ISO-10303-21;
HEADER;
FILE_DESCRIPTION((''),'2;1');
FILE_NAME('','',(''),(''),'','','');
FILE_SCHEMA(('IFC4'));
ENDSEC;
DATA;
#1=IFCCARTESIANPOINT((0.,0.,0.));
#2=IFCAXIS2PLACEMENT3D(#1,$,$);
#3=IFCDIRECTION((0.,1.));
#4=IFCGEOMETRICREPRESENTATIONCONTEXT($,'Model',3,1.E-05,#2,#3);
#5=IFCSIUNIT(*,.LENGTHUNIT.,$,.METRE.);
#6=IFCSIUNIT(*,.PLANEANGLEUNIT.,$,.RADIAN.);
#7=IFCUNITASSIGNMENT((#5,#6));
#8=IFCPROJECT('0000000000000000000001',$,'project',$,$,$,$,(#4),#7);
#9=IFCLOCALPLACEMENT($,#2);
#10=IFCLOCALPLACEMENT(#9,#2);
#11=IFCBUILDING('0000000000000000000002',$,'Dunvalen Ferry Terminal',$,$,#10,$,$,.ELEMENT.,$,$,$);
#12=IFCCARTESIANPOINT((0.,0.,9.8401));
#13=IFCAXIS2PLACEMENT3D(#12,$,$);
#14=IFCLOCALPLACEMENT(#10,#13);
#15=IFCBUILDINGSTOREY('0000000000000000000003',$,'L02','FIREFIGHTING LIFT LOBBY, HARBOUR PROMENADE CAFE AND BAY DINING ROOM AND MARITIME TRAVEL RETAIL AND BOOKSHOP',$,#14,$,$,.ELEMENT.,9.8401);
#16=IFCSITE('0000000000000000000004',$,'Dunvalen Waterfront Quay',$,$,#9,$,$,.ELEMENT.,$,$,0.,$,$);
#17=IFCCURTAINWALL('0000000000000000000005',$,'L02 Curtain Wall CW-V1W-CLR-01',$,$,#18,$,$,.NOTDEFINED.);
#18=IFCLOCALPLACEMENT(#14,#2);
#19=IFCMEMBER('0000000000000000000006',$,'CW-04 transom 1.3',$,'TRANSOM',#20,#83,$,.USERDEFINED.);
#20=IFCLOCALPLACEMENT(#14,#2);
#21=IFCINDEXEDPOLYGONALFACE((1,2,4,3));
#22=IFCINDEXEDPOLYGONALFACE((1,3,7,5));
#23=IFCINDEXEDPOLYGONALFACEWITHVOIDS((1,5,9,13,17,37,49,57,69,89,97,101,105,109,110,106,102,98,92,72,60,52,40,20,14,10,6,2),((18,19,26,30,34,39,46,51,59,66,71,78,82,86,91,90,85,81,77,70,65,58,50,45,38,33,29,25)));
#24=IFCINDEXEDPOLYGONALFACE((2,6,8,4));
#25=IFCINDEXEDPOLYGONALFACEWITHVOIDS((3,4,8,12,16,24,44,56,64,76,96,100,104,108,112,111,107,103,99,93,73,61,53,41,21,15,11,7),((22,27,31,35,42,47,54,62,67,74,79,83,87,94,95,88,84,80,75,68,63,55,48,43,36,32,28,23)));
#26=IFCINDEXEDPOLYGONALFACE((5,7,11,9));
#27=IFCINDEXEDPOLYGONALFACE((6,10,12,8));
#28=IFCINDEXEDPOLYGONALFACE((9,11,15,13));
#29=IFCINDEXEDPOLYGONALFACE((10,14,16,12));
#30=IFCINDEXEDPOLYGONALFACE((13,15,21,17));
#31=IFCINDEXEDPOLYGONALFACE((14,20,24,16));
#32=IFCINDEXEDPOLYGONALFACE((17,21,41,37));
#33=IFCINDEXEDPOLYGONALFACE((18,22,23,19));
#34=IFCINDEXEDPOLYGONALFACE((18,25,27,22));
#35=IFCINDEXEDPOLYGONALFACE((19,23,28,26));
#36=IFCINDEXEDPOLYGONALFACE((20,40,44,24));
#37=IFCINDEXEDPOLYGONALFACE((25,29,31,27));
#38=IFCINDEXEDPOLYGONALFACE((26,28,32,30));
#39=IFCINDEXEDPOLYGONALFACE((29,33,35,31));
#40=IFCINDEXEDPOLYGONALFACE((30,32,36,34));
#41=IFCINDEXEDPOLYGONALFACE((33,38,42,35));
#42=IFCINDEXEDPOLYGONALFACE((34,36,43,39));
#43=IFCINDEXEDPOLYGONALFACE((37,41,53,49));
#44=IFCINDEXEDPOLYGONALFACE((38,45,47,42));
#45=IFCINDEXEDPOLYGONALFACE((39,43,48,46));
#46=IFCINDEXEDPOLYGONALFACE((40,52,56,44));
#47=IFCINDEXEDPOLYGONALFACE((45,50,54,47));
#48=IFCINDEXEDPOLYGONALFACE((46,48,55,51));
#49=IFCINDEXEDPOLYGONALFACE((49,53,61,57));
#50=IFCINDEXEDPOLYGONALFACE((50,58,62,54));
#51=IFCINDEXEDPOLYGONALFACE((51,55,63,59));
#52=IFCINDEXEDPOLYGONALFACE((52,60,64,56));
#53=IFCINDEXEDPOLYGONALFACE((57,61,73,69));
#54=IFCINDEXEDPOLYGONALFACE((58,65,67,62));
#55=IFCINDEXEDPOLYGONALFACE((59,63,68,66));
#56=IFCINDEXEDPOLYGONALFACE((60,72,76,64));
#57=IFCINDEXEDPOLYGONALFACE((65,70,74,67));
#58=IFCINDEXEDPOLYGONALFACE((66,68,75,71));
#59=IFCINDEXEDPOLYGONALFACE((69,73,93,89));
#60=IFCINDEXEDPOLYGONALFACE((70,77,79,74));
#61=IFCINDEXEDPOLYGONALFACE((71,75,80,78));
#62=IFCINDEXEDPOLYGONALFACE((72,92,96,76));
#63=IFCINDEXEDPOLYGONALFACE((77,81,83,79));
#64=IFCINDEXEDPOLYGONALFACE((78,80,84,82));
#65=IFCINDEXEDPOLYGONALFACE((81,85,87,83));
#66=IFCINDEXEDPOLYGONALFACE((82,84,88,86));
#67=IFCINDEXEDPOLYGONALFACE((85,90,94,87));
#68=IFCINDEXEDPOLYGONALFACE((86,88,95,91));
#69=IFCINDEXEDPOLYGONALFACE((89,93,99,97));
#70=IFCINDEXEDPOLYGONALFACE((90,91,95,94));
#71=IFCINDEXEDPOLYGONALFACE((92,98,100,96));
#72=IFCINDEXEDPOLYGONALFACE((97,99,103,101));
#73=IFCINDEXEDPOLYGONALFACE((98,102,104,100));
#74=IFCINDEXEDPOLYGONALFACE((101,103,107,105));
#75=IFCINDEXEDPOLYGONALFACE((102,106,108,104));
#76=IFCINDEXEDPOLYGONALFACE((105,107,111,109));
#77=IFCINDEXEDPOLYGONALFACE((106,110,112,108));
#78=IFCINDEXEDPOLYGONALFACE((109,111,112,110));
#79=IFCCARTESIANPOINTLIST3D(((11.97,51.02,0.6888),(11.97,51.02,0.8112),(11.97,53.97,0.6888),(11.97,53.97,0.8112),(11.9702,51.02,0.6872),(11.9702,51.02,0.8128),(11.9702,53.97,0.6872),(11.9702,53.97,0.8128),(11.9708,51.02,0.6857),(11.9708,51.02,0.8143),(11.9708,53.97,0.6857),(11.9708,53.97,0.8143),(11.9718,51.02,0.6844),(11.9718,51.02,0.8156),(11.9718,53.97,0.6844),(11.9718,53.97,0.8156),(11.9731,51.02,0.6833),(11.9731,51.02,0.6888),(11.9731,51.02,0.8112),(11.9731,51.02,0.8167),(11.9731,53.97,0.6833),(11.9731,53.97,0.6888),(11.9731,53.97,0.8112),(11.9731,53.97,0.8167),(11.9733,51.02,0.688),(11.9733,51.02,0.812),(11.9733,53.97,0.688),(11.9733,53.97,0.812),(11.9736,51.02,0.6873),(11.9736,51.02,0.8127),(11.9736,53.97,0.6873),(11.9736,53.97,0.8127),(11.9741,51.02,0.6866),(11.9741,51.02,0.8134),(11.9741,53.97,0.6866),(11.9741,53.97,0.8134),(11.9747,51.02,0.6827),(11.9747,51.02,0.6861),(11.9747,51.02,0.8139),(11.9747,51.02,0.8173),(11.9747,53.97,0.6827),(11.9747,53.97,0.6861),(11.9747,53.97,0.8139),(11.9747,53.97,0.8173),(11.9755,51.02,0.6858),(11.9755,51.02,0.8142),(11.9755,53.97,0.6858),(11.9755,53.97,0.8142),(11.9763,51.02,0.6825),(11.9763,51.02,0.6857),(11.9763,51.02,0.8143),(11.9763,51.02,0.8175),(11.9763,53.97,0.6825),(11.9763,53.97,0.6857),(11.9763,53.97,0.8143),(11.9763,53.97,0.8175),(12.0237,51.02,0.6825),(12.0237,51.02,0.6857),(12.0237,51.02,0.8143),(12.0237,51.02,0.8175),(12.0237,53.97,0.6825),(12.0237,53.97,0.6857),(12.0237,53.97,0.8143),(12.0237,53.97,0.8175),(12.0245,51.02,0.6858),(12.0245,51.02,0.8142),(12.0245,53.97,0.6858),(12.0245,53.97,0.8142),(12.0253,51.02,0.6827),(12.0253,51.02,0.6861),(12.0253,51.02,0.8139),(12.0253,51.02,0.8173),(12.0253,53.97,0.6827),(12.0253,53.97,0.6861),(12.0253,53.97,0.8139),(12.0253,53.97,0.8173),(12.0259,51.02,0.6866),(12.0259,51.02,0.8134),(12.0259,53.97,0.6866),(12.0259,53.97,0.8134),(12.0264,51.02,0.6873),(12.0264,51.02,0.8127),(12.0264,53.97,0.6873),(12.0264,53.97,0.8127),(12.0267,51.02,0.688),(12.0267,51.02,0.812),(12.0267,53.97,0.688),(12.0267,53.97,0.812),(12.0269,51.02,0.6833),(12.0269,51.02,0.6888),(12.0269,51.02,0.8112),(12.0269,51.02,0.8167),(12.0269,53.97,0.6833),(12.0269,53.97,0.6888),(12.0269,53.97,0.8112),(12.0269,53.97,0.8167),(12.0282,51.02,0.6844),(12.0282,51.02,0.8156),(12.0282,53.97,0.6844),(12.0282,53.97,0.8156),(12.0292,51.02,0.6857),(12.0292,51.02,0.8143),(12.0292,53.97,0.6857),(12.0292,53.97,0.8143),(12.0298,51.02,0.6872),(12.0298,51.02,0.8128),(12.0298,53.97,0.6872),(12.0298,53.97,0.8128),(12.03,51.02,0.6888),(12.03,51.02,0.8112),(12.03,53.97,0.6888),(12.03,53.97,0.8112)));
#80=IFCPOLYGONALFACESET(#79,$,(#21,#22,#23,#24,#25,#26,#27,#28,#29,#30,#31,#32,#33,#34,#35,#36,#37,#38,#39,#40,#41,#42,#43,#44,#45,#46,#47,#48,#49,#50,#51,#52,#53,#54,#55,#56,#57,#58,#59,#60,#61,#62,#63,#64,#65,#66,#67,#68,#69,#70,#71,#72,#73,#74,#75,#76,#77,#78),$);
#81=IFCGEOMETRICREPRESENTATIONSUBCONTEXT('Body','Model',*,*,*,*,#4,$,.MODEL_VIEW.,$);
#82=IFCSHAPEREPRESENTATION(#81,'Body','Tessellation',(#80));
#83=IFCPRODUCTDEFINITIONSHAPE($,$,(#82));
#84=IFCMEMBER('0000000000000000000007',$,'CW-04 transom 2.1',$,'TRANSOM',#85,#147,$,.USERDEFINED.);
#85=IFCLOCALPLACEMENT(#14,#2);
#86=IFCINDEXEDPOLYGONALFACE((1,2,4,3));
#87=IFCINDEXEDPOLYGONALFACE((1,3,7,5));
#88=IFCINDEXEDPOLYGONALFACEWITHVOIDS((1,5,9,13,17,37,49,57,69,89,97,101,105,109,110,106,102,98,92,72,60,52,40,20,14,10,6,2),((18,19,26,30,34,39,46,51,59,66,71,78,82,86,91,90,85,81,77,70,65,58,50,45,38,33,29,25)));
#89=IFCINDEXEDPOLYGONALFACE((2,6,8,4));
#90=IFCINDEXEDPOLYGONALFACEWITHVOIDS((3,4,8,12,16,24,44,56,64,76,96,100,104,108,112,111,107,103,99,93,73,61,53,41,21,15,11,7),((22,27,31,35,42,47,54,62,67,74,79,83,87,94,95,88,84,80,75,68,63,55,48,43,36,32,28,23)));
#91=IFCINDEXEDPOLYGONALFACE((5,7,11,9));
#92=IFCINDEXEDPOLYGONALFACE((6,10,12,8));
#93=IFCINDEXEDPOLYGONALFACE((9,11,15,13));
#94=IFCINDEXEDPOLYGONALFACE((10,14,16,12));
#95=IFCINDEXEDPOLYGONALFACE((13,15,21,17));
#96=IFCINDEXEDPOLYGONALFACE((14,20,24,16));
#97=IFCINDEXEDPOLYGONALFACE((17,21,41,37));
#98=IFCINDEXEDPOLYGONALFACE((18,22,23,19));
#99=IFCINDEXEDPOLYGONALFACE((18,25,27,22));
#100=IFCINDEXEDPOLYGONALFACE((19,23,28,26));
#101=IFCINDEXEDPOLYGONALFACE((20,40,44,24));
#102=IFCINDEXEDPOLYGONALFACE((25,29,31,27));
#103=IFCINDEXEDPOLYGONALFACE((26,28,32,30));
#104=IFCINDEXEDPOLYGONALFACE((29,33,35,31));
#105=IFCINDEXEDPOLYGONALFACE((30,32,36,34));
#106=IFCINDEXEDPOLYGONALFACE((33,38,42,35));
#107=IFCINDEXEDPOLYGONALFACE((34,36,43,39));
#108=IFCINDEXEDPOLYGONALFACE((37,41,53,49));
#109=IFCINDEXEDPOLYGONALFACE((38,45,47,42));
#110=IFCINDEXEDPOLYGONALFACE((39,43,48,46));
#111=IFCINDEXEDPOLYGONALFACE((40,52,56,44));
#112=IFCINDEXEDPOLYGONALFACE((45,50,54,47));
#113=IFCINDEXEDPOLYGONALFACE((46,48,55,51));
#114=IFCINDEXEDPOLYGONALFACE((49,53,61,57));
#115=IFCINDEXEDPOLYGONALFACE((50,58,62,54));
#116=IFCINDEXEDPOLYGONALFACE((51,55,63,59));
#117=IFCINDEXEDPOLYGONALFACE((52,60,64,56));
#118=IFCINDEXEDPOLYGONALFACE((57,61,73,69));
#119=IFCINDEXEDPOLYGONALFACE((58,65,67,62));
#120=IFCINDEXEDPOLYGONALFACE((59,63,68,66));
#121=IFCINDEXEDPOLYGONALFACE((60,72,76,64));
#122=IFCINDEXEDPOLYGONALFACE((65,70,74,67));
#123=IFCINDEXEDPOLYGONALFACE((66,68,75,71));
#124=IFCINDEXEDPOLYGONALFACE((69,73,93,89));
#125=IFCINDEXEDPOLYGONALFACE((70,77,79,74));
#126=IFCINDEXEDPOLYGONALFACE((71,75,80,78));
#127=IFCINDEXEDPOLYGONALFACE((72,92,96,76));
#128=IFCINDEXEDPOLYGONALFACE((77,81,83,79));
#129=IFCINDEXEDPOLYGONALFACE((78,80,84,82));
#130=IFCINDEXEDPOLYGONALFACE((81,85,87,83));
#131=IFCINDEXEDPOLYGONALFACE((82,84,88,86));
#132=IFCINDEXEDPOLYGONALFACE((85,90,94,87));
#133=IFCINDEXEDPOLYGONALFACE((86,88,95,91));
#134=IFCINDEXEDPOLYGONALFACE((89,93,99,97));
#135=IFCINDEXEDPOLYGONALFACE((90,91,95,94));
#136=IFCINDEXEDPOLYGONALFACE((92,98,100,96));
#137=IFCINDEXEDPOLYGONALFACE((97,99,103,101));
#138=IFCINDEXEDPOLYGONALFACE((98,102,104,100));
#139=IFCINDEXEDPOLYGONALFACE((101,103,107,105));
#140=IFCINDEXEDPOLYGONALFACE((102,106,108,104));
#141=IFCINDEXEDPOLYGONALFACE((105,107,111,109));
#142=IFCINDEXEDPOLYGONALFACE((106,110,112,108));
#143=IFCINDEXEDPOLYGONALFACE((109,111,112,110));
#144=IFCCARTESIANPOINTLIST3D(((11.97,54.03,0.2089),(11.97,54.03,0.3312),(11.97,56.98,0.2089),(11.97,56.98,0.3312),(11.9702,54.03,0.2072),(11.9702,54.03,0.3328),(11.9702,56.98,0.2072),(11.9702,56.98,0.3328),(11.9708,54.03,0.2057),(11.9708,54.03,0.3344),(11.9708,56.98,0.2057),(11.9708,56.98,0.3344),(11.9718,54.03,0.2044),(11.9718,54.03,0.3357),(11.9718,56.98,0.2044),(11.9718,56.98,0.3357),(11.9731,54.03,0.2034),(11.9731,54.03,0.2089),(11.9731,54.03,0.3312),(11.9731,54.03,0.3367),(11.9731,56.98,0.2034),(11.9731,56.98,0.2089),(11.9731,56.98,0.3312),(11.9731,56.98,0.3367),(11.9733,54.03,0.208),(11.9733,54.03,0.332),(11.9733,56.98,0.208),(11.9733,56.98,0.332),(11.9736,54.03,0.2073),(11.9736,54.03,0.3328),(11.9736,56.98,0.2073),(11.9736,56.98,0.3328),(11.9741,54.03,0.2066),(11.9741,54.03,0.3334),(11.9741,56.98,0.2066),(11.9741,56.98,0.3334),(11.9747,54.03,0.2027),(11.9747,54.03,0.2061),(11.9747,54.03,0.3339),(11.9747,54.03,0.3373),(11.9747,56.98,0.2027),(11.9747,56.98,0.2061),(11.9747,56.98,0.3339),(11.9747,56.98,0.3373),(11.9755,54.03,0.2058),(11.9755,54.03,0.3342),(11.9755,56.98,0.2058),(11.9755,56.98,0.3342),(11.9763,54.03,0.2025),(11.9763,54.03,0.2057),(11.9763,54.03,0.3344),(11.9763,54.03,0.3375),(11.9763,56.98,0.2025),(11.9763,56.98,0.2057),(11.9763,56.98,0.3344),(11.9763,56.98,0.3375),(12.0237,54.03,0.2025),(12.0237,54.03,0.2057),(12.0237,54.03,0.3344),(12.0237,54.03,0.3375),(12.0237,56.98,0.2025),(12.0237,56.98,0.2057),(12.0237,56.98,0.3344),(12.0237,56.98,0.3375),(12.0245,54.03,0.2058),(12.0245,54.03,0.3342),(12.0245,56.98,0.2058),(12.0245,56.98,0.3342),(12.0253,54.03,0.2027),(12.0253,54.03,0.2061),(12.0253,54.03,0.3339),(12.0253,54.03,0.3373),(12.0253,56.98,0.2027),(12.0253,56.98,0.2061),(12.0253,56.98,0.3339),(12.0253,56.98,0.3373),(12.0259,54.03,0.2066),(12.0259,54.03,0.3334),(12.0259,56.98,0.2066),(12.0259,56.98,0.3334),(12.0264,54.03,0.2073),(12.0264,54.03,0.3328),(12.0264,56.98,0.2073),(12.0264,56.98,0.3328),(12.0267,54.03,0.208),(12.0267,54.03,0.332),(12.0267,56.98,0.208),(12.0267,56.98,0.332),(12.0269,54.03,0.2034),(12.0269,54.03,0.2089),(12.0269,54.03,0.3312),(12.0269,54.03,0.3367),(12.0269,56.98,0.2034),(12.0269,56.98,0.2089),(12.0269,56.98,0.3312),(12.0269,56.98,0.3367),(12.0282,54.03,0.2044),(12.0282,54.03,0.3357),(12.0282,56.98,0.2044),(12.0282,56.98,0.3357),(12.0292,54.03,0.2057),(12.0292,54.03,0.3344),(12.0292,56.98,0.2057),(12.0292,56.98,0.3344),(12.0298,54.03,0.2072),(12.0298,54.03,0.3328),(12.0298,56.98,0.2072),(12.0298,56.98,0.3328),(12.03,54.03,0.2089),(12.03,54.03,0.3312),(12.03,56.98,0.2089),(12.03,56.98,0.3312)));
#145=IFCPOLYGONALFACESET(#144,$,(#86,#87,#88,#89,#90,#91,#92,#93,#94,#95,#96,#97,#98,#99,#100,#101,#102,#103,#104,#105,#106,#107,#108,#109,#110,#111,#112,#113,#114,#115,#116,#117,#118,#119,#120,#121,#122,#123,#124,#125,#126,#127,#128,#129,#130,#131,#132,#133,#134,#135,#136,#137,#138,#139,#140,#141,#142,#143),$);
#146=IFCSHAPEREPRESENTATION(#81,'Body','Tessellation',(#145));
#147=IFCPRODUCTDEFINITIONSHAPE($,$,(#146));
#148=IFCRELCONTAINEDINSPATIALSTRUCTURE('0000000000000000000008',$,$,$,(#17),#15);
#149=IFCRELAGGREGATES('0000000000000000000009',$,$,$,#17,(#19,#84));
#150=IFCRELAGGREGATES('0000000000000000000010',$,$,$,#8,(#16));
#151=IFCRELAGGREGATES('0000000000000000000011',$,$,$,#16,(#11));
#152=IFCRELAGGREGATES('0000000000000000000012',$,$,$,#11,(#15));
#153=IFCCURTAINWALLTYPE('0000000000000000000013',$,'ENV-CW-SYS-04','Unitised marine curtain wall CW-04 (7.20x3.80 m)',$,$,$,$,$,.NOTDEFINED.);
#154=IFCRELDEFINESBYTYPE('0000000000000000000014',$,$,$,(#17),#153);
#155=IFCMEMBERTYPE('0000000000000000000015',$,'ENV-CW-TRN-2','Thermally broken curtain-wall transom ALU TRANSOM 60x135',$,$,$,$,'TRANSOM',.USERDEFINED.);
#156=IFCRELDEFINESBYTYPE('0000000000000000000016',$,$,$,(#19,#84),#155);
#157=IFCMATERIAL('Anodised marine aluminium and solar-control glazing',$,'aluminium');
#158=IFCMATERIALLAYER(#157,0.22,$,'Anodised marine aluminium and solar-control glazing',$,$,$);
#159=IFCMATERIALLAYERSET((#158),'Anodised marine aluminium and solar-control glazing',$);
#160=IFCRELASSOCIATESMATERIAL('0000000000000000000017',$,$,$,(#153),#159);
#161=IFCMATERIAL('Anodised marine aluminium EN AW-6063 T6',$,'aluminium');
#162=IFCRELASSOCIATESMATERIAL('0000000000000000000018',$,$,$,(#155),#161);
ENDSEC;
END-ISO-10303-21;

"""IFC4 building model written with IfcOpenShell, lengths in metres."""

from ifc_helpers import new_model, si_unit, direction, frame, origin, origin_2d, place, context, subcontext, project, spatial, hollow_rectangle, extrude, material, layer, layer_set, material_profile, profile_set, type_object, element, aggregate, save


model = new_model("IFC4")

# Units and contexts
model_context = context("Model", 3, precision=1e-05, world=origin(), true_north=direction((0.0, 1.0)))
body_context = subcontext(model_context, "Body", "Model", "MODEL_VIEW")
ifc_project = project(units=[si_unit("LENGTHUNIT", "METRE"), si_unit("PLANEANGLEUNIT", "RADIAN")], contexts=[model_context])

# Site, building, storey
site_placement = place(None, origin())
site = spatial("IfcSite", under=ifc_project, at=site_placement, Name="Dunvalen Waterfront Quay", CompositionType="ELEMENT", RefElevation=0.0)
building_placement = place(site_placement, origin())
building = spatial("IfcBuilding", under=site, at=building_placement, Name="Dunvalen Ferry Terminal", CompositionType="ELEMENT")
storey_placement = place(building_placement, frame((0.0, 0.0, 9.8401)))
storey = spatial("IfcBuildingStorey", under=building, at=storey_placement, Name="L02", Description="FIREFIGHTING LIFT LOBBY, HARBOUR PROMENADE CAFE AND BAY DINING ROOM AND MARITIME TRAVEL RETAIL AND BOOKSHOP", CompositionType="ELEMENT", Elevation=9.8401)

# Curtain wall, members
ifc_material_1 = material(Name="Anodised marine aluminium and solar-control glazing", Category="aluminium")
ifc_layer_1 = layer(ifc_material_1, 0.22, Name="Anodised marine aluminium and solar-control glazing")
ifc_layer_set_1 = layer_set([ifc_layer_1], Name="Anodised marine aluminium and solar-control glazing")
curtain_wall_type = type_object("IfcCurtainWallType", Name="ENV-CW-SYS-04", Description="Unitised marine curtain wall CW-04 (7.20x3.80 m)", PredefinedType="NOTDEFINED", material=ifc_layer_set_1)
curtain_wall_placement = place(storey_placement, origin())
curtain_wall = element("IfcCurtainWall", 1, at=curtain_wall_placement, inside=storey, type_object=curtain_wall_type, Name="L02 Curtain Wall CW-V1W-CLR-01", PredefinedType="NOTDEFINED")
ifc_material_2 = material(Name="Anodised marine aluminium EN AW-6063 T6", Category="aluminium")
ifc_material_profile_1 = material_profile(ifc_material_2, hollow_rectangle(XDim=0.0601, YDim=0.135, WallThickness=0.0032, InnerFilletRadius=0.0032, OuterFilletRadius=0.0063, at=origin_2d()), Name="Anodised marine aluminium EN AW-6063 T6")
ifc_profile_set_1 = profile_set([ifc_material_profile_1], Name="Anodised marine aluminium EN AW-6063 T6")
member_type_1 = type_object("IfcMemberType", Name="ENV-CW-TRN-2", Description="Thermally broken curtain-wall transom ALU TRANSOM 60x135", ElementType="TRANSOM", PredefinedType="USERDEFINED", material=ifc_profile_set_1)
member_1_placement = place(storey_placement, frame((12.0, 51.02, 0.75), z_axis=(0.0, 1.0, 0.0), x_axis=(-1.0, 0.0, 0.0)))
member_1 = element("IfcMember", 2, at=member_1_placement, type_object=member_type_1, Name="CW-04 transom 1.3", ObjectType="TRANSOM", PredefinedType="USERDEFINED", context=body_context, shape_type="SweptSolid", body=[
    extrude(hollow_rectangle(XDim=0.0601, YDim=0.135, WallThickness=0.0032, InnerFilletRadius=0.0032, OuterFilletRadius=0.0063, at=origin_2d()), origin(), (0.0, 0.0, 1.0), 2.95),
])
member_2_placement = place(storey_placement, frame((12.0, 54.03, 0.27), z_axis=(0.0, 1.0, 0.0), x_axis=(-1.0, 0.0, 0.0)))
member_2 = element("IfcMember", 3, at=member_2_placement, type_object=member_type_1, Name="CW-04 transom 2.1", ObjectType="TRANSOM", PredefinedType="USERDEFINED", context=body_context, shape_type="SweptSolid", body=[
    extrude(hollow_rectangle(XDim=0.0601, YDim=0.135, WallThickness=0.0032, InnerFilletRadius=0.0032, OuterFilletRadius=0.0063, at=origin_2d()), origin(), (0.0, 0.0, 1.0), 2.95),
])

aggregate(curtain_wall, [member_1, member_2])

save(model, "model.ifc")
